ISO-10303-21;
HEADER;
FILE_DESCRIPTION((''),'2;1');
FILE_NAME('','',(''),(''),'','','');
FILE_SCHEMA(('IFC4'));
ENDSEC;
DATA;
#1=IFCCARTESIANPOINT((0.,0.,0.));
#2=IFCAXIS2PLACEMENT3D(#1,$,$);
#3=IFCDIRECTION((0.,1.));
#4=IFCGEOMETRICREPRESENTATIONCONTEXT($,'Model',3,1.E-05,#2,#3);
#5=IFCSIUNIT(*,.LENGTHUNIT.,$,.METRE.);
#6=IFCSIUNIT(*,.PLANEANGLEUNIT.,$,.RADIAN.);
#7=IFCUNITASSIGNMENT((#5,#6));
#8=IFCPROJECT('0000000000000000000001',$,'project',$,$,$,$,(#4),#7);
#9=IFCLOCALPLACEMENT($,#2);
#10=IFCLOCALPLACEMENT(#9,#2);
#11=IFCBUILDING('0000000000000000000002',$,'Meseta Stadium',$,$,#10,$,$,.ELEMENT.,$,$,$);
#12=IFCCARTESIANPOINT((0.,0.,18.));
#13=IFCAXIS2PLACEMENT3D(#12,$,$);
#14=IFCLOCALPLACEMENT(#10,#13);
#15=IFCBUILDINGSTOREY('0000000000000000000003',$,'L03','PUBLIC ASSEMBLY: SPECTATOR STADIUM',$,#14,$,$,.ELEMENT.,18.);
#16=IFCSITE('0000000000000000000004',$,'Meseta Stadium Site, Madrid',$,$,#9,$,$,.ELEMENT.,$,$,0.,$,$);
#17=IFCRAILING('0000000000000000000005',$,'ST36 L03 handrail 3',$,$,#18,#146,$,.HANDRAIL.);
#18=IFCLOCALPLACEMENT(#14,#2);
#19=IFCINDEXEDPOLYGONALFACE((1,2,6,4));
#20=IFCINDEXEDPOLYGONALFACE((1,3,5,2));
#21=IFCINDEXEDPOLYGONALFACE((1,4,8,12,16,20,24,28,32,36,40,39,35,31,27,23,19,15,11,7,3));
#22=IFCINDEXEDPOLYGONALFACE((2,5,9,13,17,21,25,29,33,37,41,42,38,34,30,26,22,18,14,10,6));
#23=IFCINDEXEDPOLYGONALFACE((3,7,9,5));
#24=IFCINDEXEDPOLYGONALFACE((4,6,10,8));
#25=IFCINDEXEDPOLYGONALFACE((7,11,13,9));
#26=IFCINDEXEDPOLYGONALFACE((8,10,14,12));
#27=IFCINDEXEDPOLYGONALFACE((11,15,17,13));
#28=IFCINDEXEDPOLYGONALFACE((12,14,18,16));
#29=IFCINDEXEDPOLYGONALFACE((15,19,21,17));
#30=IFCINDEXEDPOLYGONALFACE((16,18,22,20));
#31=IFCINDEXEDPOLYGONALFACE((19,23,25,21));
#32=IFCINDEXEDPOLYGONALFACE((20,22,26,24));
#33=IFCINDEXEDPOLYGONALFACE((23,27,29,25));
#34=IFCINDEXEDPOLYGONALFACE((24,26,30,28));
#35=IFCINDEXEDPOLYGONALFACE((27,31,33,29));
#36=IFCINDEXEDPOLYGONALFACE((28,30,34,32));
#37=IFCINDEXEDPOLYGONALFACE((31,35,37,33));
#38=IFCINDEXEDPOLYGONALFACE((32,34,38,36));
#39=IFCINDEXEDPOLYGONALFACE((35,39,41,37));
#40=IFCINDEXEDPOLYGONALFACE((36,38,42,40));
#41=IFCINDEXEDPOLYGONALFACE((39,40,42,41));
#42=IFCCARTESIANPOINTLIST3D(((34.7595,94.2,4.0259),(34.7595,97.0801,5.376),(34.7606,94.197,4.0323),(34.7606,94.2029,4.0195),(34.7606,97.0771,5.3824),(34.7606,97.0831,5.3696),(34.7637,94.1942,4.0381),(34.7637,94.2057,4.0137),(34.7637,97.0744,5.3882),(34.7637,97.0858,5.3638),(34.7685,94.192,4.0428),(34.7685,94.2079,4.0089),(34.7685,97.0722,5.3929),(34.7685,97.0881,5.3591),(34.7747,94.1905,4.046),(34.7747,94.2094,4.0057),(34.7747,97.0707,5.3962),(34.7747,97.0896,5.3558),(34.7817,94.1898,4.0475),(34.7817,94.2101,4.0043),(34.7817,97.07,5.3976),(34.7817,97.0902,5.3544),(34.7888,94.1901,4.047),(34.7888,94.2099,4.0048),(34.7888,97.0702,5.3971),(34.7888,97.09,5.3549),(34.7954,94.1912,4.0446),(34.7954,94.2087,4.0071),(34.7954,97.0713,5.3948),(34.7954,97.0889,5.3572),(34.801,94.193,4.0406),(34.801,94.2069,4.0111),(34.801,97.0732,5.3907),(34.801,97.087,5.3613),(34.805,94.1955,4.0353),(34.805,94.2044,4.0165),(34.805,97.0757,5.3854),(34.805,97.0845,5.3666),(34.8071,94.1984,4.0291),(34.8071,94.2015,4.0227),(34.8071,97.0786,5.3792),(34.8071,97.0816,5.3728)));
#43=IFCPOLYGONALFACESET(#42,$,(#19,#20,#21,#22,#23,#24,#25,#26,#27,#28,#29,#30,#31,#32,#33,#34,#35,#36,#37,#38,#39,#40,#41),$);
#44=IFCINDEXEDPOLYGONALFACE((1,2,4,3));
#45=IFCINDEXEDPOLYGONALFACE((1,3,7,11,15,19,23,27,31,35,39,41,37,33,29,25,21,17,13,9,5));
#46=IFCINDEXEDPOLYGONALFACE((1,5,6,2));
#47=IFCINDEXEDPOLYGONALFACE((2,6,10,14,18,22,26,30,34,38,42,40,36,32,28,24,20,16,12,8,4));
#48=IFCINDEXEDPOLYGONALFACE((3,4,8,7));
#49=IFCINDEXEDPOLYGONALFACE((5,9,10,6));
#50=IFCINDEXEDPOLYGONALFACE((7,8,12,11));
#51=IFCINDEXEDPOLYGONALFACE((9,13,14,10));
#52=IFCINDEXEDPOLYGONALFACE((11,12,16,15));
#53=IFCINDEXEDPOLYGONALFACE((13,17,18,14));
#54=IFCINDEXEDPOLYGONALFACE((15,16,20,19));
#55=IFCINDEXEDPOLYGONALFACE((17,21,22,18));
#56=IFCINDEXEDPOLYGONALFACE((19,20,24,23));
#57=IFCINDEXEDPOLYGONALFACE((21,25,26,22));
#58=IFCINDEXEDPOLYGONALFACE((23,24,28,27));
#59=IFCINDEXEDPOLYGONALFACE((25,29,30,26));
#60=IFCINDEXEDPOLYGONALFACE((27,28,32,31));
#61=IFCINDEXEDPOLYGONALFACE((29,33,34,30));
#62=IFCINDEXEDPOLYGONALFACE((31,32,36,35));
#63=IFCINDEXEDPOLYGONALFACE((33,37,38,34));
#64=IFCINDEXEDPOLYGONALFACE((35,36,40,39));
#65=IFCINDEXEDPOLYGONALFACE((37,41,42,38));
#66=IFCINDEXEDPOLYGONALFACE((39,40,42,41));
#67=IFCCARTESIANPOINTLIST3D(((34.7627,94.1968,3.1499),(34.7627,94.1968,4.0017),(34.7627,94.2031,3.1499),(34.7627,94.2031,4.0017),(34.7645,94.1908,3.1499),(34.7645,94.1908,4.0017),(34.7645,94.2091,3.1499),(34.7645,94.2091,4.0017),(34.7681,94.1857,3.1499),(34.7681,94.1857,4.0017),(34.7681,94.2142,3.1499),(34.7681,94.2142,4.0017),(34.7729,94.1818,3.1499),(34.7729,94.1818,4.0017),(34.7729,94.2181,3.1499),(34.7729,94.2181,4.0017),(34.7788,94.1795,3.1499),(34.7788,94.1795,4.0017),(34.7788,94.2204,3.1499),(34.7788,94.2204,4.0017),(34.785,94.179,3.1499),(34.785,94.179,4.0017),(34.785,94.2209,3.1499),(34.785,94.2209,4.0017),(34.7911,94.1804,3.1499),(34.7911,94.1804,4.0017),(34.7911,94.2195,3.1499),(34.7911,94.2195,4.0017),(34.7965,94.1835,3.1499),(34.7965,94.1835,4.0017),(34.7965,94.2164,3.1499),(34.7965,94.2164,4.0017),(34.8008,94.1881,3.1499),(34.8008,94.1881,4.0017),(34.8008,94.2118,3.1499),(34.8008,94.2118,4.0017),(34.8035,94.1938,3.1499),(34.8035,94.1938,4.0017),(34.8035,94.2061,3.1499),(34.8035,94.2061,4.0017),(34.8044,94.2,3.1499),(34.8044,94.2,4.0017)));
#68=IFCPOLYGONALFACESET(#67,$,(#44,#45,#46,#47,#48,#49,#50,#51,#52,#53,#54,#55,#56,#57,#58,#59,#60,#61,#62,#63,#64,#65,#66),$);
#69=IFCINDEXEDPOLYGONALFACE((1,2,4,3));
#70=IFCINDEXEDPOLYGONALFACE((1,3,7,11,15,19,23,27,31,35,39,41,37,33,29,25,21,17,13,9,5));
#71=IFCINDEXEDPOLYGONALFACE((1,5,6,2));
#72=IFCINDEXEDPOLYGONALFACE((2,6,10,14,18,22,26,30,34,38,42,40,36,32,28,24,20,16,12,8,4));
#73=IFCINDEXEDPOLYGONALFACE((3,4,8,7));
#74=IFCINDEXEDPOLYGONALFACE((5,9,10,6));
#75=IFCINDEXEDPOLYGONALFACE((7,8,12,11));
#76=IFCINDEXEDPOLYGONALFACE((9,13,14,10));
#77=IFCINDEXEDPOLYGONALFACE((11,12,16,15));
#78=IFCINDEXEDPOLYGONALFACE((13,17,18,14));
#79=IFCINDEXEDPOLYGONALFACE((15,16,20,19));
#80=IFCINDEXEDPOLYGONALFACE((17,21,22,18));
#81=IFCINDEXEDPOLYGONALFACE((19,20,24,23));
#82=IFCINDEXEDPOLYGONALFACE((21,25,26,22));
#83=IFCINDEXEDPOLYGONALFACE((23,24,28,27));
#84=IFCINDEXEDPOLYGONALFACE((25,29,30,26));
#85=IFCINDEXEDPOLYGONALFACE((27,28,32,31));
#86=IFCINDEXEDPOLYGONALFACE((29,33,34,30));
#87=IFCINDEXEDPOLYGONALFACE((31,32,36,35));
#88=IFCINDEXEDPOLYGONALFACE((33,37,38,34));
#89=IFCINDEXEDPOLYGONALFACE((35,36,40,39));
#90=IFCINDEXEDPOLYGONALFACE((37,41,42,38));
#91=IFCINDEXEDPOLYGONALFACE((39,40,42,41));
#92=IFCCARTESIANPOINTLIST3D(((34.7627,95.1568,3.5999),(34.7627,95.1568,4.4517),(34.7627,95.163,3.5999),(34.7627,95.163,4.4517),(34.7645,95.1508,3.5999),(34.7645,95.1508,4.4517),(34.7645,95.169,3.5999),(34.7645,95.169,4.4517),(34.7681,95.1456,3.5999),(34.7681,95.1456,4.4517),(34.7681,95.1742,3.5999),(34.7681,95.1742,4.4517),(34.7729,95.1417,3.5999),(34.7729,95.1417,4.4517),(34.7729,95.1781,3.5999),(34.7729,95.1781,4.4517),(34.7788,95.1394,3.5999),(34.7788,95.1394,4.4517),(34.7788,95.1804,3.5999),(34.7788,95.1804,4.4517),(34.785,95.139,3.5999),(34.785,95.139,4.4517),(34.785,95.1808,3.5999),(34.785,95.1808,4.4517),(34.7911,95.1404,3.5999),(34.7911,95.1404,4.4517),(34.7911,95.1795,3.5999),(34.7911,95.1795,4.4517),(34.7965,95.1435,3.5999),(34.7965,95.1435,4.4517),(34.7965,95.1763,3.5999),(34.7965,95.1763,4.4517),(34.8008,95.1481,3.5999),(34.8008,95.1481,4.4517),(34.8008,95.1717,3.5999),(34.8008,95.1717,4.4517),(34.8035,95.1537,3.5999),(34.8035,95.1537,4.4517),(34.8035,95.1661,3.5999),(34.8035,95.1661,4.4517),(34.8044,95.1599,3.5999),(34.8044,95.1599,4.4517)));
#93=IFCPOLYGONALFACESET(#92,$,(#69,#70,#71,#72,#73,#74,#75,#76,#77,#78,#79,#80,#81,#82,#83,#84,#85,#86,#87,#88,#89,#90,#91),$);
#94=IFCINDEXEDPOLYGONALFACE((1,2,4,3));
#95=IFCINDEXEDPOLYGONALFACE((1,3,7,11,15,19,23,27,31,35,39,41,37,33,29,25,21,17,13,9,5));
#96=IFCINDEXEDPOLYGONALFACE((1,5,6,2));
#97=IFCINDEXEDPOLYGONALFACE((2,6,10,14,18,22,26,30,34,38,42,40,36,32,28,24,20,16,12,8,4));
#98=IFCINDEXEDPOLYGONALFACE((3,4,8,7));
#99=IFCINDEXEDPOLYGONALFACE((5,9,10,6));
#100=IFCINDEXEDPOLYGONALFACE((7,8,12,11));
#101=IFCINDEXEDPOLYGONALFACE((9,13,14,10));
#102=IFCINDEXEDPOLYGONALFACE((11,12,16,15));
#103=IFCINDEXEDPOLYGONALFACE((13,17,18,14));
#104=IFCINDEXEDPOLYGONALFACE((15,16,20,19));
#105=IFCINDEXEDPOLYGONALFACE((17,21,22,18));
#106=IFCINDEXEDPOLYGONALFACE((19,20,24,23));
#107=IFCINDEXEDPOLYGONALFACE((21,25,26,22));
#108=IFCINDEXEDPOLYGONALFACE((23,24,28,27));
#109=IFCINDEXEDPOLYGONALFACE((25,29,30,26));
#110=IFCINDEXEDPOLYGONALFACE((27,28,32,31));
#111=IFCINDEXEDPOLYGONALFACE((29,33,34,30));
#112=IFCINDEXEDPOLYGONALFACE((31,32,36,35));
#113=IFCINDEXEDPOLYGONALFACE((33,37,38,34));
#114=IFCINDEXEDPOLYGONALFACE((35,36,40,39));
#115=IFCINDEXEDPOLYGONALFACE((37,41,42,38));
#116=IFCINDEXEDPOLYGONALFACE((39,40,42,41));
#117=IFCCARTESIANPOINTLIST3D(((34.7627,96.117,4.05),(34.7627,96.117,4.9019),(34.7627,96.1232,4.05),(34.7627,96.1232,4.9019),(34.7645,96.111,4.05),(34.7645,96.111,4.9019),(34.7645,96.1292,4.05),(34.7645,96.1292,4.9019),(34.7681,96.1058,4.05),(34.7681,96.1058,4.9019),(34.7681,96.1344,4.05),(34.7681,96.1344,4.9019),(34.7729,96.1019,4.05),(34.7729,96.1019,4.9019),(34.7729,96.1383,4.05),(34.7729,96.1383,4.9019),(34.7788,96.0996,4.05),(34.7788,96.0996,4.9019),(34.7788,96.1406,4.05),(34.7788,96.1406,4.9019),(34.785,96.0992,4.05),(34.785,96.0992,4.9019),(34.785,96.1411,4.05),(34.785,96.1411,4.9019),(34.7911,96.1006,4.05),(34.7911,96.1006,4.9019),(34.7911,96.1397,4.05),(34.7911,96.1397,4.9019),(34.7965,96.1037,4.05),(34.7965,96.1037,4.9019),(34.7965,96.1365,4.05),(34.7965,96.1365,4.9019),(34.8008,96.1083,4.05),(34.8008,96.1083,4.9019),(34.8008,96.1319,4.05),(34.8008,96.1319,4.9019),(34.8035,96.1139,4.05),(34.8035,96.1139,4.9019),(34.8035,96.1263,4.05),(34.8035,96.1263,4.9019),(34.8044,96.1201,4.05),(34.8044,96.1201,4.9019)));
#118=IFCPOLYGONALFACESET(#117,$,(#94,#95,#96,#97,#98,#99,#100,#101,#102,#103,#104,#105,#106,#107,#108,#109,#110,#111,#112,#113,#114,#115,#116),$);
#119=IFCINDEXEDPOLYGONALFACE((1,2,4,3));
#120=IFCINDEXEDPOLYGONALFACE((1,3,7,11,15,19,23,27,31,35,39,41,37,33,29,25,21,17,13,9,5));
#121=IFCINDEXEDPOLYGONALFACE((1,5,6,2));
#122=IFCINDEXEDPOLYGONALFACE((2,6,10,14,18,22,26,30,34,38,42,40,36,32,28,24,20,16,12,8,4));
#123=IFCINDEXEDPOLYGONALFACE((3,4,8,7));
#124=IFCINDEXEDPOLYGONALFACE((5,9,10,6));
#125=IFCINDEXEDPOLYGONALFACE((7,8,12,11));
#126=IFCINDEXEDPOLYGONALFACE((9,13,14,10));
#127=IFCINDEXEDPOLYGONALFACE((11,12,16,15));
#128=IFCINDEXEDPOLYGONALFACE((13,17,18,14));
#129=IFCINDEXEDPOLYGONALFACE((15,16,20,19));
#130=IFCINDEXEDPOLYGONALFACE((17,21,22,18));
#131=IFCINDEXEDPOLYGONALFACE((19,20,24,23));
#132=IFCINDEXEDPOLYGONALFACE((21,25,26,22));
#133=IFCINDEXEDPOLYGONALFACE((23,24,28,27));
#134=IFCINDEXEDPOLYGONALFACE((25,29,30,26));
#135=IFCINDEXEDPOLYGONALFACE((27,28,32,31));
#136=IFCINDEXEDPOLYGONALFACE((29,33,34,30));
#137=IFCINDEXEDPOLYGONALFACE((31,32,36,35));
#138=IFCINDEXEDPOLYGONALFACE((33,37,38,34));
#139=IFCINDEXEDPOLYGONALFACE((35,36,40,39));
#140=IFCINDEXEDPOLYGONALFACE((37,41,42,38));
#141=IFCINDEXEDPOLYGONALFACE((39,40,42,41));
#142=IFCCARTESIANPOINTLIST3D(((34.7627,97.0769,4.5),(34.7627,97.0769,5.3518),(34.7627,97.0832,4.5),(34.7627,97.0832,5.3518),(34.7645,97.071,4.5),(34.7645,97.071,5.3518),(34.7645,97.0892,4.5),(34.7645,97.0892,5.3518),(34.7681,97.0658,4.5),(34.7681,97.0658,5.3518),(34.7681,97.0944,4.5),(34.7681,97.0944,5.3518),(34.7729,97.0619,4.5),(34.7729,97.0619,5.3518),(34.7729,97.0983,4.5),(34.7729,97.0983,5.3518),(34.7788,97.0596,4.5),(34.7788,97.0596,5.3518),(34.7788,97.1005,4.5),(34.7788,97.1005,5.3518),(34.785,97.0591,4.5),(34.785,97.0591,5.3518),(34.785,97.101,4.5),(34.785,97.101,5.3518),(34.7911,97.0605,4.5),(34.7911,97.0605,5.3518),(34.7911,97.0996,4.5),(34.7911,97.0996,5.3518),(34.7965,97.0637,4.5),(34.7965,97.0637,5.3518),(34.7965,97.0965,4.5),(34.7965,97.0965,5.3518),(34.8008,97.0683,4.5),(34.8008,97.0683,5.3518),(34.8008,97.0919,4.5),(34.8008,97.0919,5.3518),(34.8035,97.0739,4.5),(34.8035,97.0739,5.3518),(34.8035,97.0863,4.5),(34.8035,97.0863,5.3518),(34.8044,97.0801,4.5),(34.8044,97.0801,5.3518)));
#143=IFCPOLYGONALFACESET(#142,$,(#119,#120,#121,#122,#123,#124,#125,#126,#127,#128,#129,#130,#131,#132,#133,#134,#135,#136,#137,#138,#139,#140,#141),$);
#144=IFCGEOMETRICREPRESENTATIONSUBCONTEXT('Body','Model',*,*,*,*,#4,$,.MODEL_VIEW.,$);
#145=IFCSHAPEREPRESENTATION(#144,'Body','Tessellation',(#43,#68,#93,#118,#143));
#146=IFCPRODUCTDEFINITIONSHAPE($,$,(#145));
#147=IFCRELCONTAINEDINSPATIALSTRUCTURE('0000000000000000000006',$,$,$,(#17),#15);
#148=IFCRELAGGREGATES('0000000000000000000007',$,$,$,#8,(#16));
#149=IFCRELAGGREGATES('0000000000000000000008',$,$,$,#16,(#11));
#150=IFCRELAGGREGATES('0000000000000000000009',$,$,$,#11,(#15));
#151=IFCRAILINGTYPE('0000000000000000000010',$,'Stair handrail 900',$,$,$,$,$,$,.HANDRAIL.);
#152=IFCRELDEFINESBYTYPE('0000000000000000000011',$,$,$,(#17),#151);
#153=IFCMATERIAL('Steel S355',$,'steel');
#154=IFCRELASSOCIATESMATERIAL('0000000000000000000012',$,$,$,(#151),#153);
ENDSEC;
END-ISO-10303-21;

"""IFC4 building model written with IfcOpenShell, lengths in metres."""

from ifc_helpers import new_model, si_unit, direction, frame, origin, origin_2d, place, context, subcontext, project, spatial, circle, extrude, material, type_object, element, save


model = new_model("IFC4")

# Units and contexts
model_context = context("Model", 3, precision=1e-05, world=origin(), true_north=direction((0.0, 1.0)))
body_context = subcontext(model_context, "Body", "Model", "MODEL_VIEW")
ifc_project = project(units=[si_unit("LENGTHUNIT", "METRE"), si_unit("PLANEANGLEUNIT", "RADIAN")], contexts=[model_context])

# Site, building, storey
site_placement = place(None, origin())
site = spatial("IfcSite", under=ifc_project, at=site_placement, Name="Meseta Stadium Site, Madrid", CompositionType="ELEMENT", RefElevation=0.0)
building_placement = place(site_placement, origin())
building = spatial("IfcBuilding", under=site, at=building_placement, Name="Meseta Stadium", CompositionType="ELEMENT")
storey_placement = place(building_placement, frame((0.0, 0.0, 18.0)))
storey = spatial("IfcBuildingStorey", under=building, at=storey_placement, Name="L03", Description="PUBLIC ASSEMBLY: SPECTATOR STADIUM", CompositionType="ELEMENT", Elevation=18.0)

# Railing
ifc_material_1 = material(Name="Steel S355", Category="steel")
railing_type_1 = type_object("IfcRailingType", Name="Stair handrail 900", PredefinedType="HANDRAIL", material=ifc_material_1)
railing_1_placement = place(storey_placement, frame((34.7834, 94.2, 3.1499)))
element("IfcRailing", 1, at=railing_1_placement, inside=storey, type_object=railing_type_1, Name="ST36 L03 handrail 3", PredefinedType="HANDRAIL", context=body_context, shape_type="SweptSolid", body=[
    extrude(circle(Radius=0.0239, at=origin_2d()), frame((0.0, 0.0, 0.876), z_axis=(0.0, 0.905454, 0.424444), x_axis=(-1.0, 0.0, 0.0)), (0.0, 0.0, 1.0), 3.1809),
    extrude(circle(Radius=0.021, at=origin_2d()), origin(), (0.0, 0.0, 1.0), 0.8518),
    extrude(circle(Radius=0.021, at=origin_2d()), frame((0.0, 0.96, 0.45)), (0.0, 0.0, 1.0), 0.8518),
    extrude(circle(Radius=0.021, at=origin_2d()), frame((0.0, 1.9202, 0.9001)), (0.0, 0.0, 1.0), 0.8518),
    extrude(circle(Radius=0.021, at=origin_2d()), frame((0.0, 2.8801, 1.3501)), (0.0, 0.0, 1.0), 0.8518),
])

save(model, "model.ifc")
